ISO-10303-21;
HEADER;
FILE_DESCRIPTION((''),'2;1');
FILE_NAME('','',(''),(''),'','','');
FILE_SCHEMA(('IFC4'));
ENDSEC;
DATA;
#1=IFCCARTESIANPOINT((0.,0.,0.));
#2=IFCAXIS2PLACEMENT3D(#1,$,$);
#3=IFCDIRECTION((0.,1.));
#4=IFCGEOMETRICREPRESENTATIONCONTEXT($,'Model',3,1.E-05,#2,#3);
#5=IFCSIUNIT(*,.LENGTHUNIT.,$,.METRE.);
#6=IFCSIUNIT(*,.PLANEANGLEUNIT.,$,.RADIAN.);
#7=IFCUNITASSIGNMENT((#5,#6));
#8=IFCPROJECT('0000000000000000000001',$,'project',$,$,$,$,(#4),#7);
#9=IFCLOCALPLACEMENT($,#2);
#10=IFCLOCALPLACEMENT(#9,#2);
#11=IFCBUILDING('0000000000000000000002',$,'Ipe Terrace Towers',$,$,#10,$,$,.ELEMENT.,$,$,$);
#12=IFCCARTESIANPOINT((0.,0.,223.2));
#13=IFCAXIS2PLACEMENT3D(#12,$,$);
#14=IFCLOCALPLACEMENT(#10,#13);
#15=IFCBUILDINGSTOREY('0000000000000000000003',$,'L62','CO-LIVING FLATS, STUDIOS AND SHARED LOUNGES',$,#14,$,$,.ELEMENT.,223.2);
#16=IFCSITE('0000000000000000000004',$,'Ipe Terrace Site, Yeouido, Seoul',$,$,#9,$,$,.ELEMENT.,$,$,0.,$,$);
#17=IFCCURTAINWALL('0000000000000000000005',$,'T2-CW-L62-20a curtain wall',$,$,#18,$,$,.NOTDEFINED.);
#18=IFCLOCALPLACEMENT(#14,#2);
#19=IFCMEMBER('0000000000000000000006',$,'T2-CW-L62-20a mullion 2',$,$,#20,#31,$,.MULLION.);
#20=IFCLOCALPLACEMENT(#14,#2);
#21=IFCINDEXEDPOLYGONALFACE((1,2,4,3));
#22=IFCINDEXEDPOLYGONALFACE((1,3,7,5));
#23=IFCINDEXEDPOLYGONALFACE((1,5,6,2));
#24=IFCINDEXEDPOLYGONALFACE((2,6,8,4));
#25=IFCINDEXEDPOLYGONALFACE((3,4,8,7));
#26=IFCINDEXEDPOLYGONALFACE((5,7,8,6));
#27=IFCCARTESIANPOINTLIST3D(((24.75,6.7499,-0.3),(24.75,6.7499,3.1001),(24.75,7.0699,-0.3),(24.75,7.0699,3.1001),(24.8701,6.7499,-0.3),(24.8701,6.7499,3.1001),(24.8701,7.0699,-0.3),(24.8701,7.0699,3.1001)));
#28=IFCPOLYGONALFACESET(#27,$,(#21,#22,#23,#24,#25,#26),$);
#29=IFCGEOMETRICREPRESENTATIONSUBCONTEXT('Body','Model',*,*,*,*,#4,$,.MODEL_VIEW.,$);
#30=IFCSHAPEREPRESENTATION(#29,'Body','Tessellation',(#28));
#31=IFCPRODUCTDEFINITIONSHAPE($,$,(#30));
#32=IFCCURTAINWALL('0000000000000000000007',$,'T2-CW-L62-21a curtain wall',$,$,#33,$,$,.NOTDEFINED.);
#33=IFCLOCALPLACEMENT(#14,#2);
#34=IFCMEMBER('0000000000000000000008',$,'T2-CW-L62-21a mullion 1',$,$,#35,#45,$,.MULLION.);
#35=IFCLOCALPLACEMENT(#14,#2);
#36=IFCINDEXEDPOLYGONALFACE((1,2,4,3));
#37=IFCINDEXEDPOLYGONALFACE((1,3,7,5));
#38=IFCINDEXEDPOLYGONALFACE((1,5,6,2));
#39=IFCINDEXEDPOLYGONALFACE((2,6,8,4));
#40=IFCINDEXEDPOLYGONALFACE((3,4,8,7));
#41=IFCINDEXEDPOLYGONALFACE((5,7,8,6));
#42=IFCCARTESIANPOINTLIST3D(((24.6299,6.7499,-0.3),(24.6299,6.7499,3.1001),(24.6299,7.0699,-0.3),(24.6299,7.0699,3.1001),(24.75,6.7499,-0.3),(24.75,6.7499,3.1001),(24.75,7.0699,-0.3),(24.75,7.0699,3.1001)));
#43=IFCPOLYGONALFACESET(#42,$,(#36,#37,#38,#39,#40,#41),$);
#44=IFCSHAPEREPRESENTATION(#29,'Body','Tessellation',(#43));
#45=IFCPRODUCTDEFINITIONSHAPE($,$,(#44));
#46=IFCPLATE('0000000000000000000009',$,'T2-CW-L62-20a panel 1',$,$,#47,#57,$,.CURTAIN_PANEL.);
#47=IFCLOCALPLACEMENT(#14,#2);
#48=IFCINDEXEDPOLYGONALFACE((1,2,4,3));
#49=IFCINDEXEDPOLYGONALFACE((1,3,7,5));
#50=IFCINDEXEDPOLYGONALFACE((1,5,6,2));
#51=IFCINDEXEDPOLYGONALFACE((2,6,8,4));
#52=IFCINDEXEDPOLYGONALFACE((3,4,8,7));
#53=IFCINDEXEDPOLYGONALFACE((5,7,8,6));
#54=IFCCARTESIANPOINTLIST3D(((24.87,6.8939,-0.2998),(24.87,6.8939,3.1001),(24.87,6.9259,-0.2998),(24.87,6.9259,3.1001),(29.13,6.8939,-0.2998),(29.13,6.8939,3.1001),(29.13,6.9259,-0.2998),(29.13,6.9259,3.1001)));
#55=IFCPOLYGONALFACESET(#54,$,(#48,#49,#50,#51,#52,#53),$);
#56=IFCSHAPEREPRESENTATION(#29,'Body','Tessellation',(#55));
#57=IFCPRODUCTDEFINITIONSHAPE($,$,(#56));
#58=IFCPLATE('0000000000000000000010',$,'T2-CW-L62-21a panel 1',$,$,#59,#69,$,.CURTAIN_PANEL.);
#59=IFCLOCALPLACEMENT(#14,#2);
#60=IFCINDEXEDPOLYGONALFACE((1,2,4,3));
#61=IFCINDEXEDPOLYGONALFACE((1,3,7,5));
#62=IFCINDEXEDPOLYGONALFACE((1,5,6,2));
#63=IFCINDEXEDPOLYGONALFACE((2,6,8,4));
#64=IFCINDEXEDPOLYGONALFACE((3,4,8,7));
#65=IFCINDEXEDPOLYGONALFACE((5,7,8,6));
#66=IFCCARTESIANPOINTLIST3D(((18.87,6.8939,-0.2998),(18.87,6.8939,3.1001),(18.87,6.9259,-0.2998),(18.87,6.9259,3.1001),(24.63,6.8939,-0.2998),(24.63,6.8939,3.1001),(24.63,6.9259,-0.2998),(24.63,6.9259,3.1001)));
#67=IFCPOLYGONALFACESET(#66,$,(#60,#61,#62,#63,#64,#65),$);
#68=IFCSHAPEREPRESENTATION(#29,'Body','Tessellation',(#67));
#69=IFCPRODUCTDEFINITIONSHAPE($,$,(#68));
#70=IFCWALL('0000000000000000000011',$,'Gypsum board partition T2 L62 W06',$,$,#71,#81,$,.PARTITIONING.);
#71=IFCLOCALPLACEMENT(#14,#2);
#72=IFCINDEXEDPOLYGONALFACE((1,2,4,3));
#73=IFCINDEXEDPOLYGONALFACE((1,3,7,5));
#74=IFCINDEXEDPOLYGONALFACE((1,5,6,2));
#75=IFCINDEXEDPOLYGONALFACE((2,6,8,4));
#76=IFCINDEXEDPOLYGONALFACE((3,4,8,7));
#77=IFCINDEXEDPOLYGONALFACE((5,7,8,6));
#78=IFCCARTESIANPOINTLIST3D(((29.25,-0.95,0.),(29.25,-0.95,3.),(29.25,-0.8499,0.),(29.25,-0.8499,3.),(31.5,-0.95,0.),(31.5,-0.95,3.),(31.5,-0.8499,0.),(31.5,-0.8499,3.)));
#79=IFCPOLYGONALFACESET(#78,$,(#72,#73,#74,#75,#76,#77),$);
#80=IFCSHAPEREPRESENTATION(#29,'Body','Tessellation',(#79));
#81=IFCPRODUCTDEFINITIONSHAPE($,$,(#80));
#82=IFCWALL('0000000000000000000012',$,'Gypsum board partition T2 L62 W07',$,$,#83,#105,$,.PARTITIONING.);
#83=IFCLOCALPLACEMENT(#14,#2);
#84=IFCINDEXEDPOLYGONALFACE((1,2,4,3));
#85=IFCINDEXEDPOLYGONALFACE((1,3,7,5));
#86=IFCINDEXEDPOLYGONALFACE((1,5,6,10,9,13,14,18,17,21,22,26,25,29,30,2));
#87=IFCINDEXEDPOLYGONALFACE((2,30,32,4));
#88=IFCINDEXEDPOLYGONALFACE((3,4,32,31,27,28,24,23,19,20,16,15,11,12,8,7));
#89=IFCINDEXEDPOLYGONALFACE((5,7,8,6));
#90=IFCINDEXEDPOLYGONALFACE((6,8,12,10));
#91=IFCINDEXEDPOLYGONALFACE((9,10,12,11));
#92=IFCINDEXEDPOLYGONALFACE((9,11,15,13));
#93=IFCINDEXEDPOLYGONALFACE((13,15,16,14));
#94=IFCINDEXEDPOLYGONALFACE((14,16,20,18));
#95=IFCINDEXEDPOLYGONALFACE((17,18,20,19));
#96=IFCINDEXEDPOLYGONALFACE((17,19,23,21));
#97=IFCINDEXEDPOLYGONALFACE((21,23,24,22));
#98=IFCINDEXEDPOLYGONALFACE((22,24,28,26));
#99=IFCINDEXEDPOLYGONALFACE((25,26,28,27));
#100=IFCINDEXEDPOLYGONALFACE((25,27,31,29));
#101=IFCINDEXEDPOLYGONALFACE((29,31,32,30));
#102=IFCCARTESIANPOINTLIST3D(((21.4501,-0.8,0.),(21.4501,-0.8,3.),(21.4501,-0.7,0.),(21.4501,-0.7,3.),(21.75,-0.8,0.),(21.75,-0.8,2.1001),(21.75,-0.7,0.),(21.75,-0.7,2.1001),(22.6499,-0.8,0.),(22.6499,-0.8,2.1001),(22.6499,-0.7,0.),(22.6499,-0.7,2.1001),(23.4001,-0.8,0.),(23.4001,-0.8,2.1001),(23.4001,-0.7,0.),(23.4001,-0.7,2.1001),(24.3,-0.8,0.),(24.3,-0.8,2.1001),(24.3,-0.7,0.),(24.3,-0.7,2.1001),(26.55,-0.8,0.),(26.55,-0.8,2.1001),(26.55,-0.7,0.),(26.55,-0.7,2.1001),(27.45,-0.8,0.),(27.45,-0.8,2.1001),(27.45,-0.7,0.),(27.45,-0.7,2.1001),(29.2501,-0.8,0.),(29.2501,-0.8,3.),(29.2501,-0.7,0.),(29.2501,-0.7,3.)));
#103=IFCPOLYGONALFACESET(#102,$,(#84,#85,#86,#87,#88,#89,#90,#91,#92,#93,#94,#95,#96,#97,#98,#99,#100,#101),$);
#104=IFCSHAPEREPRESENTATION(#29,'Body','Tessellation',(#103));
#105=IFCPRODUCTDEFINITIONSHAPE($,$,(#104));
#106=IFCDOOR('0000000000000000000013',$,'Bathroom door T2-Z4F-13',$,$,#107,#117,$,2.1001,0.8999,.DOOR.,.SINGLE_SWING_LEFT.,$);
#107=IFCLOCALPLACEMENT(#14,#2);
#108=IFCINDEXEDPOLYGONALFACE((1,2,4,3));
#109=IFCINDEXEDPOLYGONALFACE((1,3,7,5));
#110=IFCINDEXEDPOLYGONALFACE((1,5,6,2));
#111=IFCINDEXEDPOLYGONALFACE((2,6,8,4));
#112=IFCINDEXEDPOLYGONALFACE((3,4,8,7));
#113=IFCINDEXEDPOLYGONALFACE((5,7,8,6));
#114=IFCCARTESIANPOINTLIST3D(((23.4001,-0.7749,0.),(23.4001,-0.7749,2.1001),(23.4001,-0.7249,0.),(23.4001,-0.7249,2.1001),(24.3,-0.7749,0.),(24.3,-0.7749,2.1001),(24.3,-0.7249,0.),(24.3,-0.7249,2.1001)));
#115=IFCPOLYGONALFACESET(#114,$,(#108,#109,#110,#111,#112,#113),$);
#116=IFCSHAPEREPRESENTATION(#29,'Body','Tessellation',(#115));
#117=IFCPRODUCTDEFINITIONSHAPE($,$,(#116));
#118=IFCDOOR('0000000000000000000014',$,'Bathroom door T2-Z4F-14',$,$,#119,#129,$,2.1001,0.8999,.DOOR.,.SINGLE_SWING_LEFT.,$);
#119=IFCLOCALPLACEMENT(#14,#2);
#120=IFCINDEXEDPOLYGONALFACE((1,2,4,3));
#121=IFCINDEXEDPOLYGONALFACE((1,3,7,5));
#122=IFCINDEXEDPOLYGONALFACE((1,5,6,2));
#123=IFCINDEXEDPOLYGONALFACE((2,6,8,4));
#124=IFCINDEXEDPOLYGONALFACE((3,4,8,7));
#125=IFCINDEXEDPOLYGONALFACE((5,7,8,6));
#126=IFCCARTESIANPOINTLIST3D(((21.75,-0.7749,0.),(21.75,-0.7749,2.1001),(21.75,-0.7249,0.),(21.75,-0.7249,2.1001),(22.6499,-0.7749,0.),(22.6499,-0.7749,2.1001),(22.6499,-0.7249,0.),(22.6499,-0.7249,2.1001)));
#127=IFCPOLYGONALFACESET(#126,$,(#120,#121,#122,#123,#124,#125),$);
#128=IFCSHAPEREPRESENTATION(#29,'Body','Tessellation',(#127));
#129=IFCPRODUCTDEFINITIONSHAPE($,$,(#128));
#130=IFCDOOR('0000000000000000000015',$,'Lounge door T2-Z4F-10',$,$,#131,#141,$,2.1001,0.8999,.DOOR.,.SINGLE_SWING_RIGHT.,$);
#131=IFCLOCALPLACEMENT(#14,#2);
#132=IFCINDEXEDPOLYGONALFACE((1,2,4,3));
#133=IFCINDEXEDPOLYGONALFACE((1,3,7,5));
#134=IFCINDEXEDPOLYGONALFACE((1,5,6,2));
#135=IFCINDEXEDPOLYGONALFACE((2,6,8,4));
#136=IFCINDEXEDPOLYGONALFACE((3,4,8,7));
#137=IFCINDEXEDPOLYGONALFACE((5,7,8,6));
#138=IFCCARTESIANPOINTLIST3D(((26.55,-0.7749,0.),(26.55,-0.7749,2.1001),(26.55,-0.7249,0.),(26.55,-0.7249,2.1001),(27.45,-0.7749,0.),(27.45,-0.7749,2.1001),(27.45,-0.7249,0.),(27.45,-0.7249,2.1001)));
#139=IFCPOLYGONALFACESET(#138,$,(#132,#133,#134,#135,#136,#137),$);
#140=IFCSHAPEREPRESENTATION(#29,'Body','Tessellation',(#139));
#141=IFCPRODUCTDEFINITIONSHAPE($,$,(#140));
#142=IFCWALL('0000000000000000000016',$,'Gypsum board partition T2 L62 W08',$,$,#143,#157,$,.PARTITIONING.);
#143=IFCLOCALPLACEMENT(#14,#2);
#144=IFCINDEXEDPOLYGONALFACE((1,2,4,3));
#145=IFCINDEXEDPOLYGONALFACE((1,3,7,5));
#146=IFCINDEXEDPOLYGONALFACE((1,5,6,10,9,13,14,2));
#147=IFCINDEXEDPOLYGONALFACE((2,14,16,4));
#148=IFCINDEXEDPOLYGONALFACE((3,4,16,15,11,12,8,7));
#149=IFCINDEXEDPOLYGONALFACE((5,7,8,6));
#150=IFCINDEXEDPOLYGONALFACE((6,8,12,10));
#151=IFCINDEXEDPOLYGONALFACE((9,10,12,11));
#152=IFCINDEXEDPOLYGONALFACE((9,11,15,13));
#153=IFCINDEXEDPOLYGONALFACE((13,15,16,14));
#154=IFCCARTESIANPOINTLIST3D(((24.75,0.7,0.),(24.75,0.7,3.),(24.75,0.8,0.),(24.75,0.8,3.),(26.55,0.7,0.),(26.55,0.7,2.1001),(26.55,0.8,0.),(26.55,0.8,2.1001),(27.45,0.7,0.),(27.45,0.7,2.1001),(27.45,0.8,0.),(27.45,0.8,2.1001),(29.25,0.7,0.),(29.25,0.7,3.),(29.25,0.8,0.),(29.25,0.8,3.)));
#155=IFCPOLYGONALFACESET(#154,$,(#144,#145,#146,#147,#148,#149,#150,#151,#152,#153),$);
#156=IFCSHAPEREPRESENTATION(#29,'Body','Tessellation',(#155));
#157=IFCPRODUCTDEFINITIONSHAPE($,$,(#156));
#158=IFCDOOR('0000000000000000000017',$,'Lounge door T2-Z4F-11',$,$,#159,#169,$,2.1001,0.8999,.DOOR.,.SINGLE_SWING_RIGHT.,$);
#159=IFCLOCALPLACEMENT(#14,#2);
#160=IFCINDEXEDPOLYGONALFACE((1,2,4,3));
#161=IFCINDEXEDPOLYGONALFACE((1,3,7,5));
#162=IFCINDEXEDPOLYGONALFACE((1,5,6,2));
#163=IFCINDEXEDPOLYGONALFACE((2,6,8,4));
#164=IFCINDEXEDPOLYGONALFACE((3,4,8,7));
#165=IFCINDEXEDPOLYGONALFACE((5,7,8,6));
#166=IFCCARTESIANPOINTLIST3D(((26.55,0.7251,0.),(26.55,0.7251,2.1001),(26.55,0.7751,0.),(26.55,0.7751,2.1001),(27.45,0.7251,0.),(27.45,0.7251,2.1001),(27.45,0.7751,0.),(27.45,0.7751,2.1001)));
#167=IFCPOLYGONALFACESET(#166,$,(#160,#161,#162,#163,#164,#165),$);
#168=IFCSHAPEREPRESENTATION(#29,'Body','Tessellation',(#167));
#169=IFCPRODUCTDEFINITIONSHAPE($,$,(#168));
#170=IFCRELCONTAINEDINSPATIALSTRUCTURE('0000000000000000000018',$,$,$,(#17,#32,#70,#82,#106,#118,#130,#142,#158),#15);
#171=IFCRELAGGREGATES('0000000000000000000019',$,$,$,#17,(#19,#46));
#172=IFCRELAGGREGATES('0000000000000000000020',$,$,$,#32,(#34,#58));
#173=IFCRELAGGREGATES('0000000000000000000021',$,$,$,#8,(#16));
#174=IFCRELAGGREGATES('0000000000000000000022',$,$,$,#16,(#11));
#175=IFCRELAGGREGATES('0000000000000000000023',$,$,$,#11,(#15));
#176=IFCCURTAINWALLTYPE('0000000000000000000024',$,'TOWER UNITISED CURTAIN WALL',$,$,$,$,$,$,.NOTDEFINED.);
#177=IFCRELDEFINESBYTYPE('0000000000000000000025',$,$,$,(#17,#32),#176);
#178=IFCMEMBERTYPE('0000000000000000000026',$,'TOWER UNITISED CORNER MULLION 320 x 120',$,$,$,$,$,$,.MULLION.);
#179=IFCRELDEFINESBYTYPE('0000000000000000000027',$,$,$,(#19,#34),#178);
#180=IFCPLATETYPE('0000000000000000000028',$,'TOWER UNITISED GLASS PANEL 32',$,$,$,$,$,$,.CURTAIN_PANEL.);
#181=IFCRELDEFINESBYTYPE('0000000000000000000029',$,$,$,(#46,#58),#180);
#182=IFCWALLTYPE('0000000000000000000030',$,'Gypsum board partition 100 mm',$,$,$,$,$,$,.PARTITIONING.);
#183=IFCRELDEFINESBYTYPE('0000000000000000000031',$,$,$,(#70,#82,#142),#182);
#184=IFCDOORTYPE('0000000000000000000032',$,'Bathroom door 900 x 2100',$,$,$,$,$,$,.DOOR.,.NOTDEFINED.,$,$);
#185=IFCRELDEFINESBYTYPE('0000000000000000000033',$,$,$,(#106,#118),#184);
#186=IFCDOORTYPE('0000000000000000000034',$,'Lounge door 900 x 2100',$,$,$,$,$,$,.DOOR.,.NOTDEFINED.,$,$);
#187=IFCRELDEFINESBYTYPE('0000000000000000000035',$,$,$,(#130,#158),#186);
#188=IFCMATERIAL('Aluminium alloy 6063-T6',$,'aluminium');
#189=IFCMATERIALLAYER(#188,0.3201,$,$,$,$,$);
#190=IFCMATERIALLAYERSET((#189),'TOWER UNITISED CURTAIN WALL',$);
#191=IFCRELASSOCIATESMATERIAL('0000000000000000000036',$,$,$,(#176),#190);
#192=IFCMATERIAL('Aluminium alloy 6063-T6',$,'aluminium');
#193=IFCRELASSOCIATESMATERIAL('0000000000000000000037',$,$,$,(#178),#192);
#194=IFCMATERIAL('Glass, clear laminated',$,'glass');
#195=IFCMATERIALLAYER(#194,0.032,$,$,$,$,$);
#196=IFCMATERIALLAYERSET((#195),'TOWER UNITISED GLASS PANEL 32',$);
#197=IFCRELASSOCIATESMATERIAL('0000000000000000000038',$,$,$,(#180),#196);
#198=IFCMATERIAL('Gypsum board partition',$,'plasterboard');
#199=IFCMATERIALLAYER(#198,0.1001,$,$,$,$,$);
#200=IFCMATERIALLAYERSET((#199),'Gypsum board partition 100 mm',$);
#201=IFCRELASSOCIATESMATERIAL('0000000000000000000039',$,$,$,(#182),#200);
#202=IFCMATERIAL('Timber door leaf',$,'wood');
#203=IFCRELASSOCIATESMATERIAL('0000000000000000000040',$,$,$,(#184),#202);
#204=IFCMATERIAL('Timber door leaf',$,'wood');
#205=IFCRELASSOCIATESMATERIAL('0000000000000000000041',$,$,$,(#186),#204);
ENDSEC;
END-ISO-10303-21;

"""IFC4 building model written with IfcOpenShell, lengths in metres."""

from ifc_helpers import new_model, si_unit, direction, frame, frame_2d, origin, origin_2d, place, context, subcontext, project, spatial, rectangle, extrude, material, layer, layer_set, material_profile, profile_set, type_object, element, fill, aggregate, save


model = new_model("IFC4")

# Units and contexts
model_context = context("Model", 3, precision=1e-05, world=origin(), true_north=direction((0.0, 1.0)))
body_context = subcontext(model_context, "Body", "Model", "MODEL_VIEW")
ifc_project = project(units=[si_unit("LENGTHUNIT", "METRE"), si_unit("PLANEANGLEUNIT", "RADIAN")], contexts=[model_context])

# Site, building, storey
site_placement = place(None, origin())
site = spatial("IfcSite", under=ifc_project, at=site_placement, Name="Ipe Terrace Site, Yeouido, Seoul", CompositionType="ELEMENT", RefElevation=0.0)
building_placement = place(site_placement, origin())
building = spatial("IfcBuilding", under=site, at=building_placement, Name="Ipe Terrace Towers", CompositionType="ELEMENT")
storey_placement = place(building_placement, frame((0.0, 0.0, 223.2)))
storey = spatial("IfcBuildingStorey", under=building, at=storey_placement, Name="L62", Description="CO-LIVING FLATS, STUDIOS AND SHARED LOUNGES", CompositionType="ELEMENT", Elevation=223.2)

# Curtain wall, member
ifc_material_1 = material(Name="Aluminium alloy 6063-T6", Category="aluminium")
ifc_layer_1 = layer(ifc_material_1, 0.3201)
ifc_layer_set_1 = layer_set([ifc_layer_1], Name="TOWER UNITISED CURTAIN WALL")
curtain_wall_type = type_object("IfcCurtainWallType", Name="TOWER UNITISED CURTAIN WALL", PredefinedType="NOTDEFINED", material=ifc_layer_set_1)
curtain_wall_1_placement = place(storey_placement, origin())
curtain_wall_1 = element("IfcCurtainWall", 1, at=curtain_wall_1_placement, inside=storey, type_object=curtain_wall_type, Name="T2-CW-L62-20a curtain wall", PredefinedType="NOTDEFINED")
ifc_material_2 = material(Name="Aluminium alloy 6063-T6", Category="aluminium")
ifc_material_profile_1 = material_profile(ifc_material_2, rectangle(XDim=0.3201, YDim=0.1201, at=origin_2d()), Name="TOWER UNITISED CORNER MULLION 320 x 120")
ifc_profile_set_1 = profile_set([ifc_material_profile_1], Name="Aluminium alloy 6063-T6")
member_type = type_object("IfcMemberType", Name="TOWER UNITISED CORNER MULLION 320 x 120", PredefinedType="MULLION", material=ifc_profile_set_1)
member_1_placement = place(storey_placement, frame((24.8101, 6.9099, -0.3), z_axis=(0.0, 0.0, 1.0), x_axis=(0.0, 1.0, 0.0)))
member_1 = element("IfcMember", 2, at=member_1_placement, type_object=member_type, Name="T2-CW-L62-20a mullion 2", PredefinedType="MULLION", context=body_context, shape_type="SweptSolid", body=[
    extrude(rectangle(XDim=0.3201, YDim=0.1201, at=origin_2d()), origin(), (0.0, 0.0, 1.0), 3.4001),
])

# Curtain wall, member
curtain_wall_2_placement = place(storey_placement, origin())
curtain_wall_2 = element("IfcCurtainWall", 3, at=curtain_wall_2_placement, inside=storey, type_object=curtain_wall_type, Name="T2-CW-L62-21a curtain wall", PredefinedType="NOTDEFINED")
member_2_placement = place(storey_placement, frame((24.6899, 6.9099, -0.3), z_axis=(0.0, 0.0, 1.0), x_axis=(0.0, 1.0, 0.0)))
member_2 = element("IfcMember", 4, at=member_2_placement, type_object=member_type, Name="T2-CW-L62-21a mullion 1", PredefinedType="MULLION", context=body_context, shape_type="SweptSolid", body=[
    extrude(rectangle(XDim=0.3201, YDim=0.1201, at=origin_2d()), origin(), (0.0, 0.0, 1.0), 3.4001),
])

# Plates
ifc_material_3 = material(Name="Glass, clear laminated", Category="glass")
ifc_layer_2 = layer(ifc_material_3, 0.032)
ifc_layer_set_2 = layer_set([ifc_layer_2], Name="TOWER UNITISED GLASS PANEL 32")
plate_type = type_object("IfcPlateType", Name="TOWER UNITISED GLASS PANEL 32", PredefinedType="CURTAIN_PANEL", material=ifc_layer_set_2)
plate_1_placement = place(storey_placement, frame((27.0, 6.9099, -0.2998), z_axis=(0.0, 0.0, 1.0), x_axis=(-1.0, 0.0, 0.0)))
plate_1 = element("IfcPlate", 5, at=plate_1_placement, type_object=plate_type, Name="T2-CW-L62-20a panel 1", PredefinedType="CURTAIN_PANEL", context=body_context, shape_type="SweptSolid", body=[
    extrude(rectangle(XDim=4.26, YDim=0.032, at=origin_2d()), origin(), (0.0, 0.0, 1.0), 3.3999),
])
aggregate(curtain_wall_1, [member_1, plate_1])
plate_2_placement = place(storey_placement, frame((21.75, 6.9099, -0.2998), z_axis=(0.0, 0.0, 1.0), x_axis=(-1.0, 0.0, 0.0)))
plate_2 = element("IfcPlate", 6, at=plate_2_placement, type_object=plate_type, Name="T2-CW-L62-21a panel 1", PredefinedType="CURTAIN_PANEL", context=body_context, shape_type="SweptSolid", body=[
    extrude(rectangle(XDim=5.76, YDim=0.032, at=origin_2d()), origin(), (0.0, 0.0, 1.0), 3.3999),
])
aggregate(curtain_wall_2, [member_2, plate_2])

# Wall
ifc_material_4 = material(Name="Gypsum board partition", Category="plasterboard")
ifc_layer_3 = layer(ifc_material_4, 0.1001)
ifc_layer_set_3 = layer_set([ifc_layer_3], Name="Gypsum board partition 100 mm")
wall_type_1 = type_object("IfcWallType", Name="Gypsum board partition 100 mm", PredefinedType="PARTITIONING", material=ifc_layer_set_3)
wall_1_placement = place(storey_placement, frame((31.5, -0.8999, 0.0), z_axis=(0.0, 0.0, 1.0), x_axis=(-1.0, 0.0, 0.0)))
element("IfcWall", 7, at=wall_1_placement, inside=storey, type_object=wall_type_1, Name="Gypsum board partition T2 L62 W06", PredefinedType="PARTITIONING", context=body_context, shape_type="SweptSolid", body=[
    extrude(rectangle(XDim=2.25, YDim=0.1001, at=frame_2d((1.125, 0.0))), origin(), (0.0, 0.0, 1.0), 3.0),
])

# Wall, openings, doors
wall_2_placement = place(storey_placement, frame((29.25, -0.75, 0.0), z_axis=(0.0, 0.0, 1.0), x_axis=(-1.0, 0.0, 0.0)))
wall_2 = element("IfcWall", 8, at=wall_2_placement, inside=storey, type_object=wall_type_1, Name="Gypsum board partition T2 L62 W07", PredefinedType="PARTITIONING", context=body_context, shape_type="SweptSolid", body=[
    extrude(rectangle(XDim=7.8, YDim=0.1001, at=frame_2d((3.8999, 0.0))), origin(), (0.0, 0.0, 1.0), 3.0),
])
opening_1_placement = place(wall_2_placement, frame((1.8, 0.0, 0.0)))
opening_1 = element("IfcOpeningElement", 9, at=opening_1_placement, cuts=wall_2, PredefinedType="OPENING", context=body_context, shape_type="SweptSolid", body=[
    extrude(rectangle(XDim=0.8999, YDim=2.1001, at=frame_2d((0.45, 1.05))), frame((0.0, 0.0601, 0.0), z_axis=(0.0, -1.0, 0.0), x_axis=(1.0, 0.0, 0.0)), (0.0, 0.0, 1.0), 0.1201),
])
opening_2_placement = place(wall_2_placement, frame((4.95, 0.0, 0.0)))
opening_2 = element("IfcOpeningElement", 10, at=opening_2_placement, cuts=wall_2, PredefinedType="OPENING", context=body_context, shape_type="SweptSolid", body=[
    extrude(rectangle(XDim=0.8999, YDim=2.1001, at=frame_2d((0.45, 1.05))), frame((0.0, 0.0601, 0.0), z_axis=(0.0, -1.0, 0.0), x_axis=(1.0, 0.0, 0.0)), (0.0, 0.0, 1.0), 0.1201),
])
opening_3_placement = place(wall_2_placement, frame((6.6001, 0.0, 0.0)))
opening_3 = element("IfcOpeningElement", 11, at=opening_3_placement, cuts=wall_2, PredefinedType="OPENING", context=body_context, shape_type="SweptSolid", body=[
    extrude(rectangle(XDim=0.8999, YDim=2.1001, at=frame_2d((0.45, 1.05))), frame((0.0, 0.0601, 0.0), z_axis=(0.0, -1.0, 0.0), x_axis=(1.0, 0.0, 0.0)), (0.0, 0.0, 1.0), 0.1201),
])
ifc_material_5 = material(Name="Timber door leaf", Category="wood")
door_type_1 = type_object("IfcDoorType", Name="Bathroom door 900 x 2100", OperationType="NOTDEFINED", PredefinedType="DOOR", material=ifc_material_5)
door_1_placement = place(opening_2_placement, origin())
door_1 = element("IfcDoor", 12, at=door_1_placement, inside=storey, type_object=door_type_1, Name="Bathroom door T2-Z4F-13", OperationType="SINGLE_SWING_LEFT", OverallHeight=2.1001, OverallWidth=0.8999, PredefinedType="DOOR", context=body_context, shape_type="SweptSolid", body=[
    extrude(rectangle(XDim=0.8999, YDim=2.1001, at=frame_2d((0.45, 1.05))), frame((0.0, 0.0249, 0.0), z_axis=(0.0, -1.0, 0.0), x_axis=(1.0, 0.0, 0.0)), (0.0, 0.0, 1.0), 0.05),
])
fill(opening_2, door_1)
door_2_placement = place(opening_3_placement, origin())
door_2 = element("IfcDoor", 13, at=door_2_placement, inside=storey, type_object=door_type_1, Name="Bathroom door T2-Z4F-14", OperationType="SINGLE_SWING_LEFT", OverallHeight=2.1001, OverallWidth=0.8999, PredefinedType="DOOR", context=body_context, shape_type="SweptSolid", body=[
    extrude(rectangle(XDim=0.8999, YDim=2.1001, at=frame_2d((0.45, 1.05))), frame((0.0, 0.0249, 0.0), z_axis=(0.0, -1.0, 0.0), x_axis=(1.0, 0.0, 0.0)), (0.0, 0.0, 1.0), 0.05),
])
fill(opening_3, door_2)
ifc_material_6 = material(Name="Timber door leaf", Category="wood")
door_type_2 = type_object("IfcDoorType", Name="Lounge door 900 x 2100", OperationType="NOTDEFINED", PredefinedType="DOOR", material=ifc_material_6)
door_3_placement = place(opening_1_placement, origin())
door_3 = element("IfcDoor", 14, at=door_3_placement, inside=storey, type_object=door_type_2, Name="Lounge door T2-Z4F-10", OperationType="SINGLE_SWING_RIGHT", OverallHeight=2.1001, OverallWidth=0.8999, PredefinedType="DOOR", context=body_context, shape_type="SweptSolid", body=[
    extrude(rectangle(XDim=0.8999, YDim=2.1001, at=frame_2d((0.45, 1.05))), frame((0.0, 0.0249, 0.0), z_axis=(0.0, -1.0, 0.0), x_axis=(1.0, 0.0, 0.0)), (0.0, 0.0, 1.0), 0.05),
])
fill(opening_1, door_3)

# Wall, opening, door
wall_3_placement = place(storey_placement, frame((29.25, 0.75, 0.0), z_axis=(0.0, 0.0, 1.0), x_axis=(-1.0, 0.0, 0.0)))
wall_3 = element("IfcWall", 15, at=wall_3_placement, inside=storey, type_object=wall_type_1, Name="Gypsum board partition T2 L62 W08", PredefinedType="PARTITIONING", context=body_context, shape_type="SweptSolid", body=[
    extrude(rectangle(XDim=4.5, YDim=0.1001, at=frame_2d((2.25, 0.0))), origin(), (0.0, 0.0, 1.0), 3.0),
])
opening_4_placement = place(wall_3_placement, frame((1.8, 0.0, 0.0)))
opening_4 = element("IfcOpeningElement", 16, at=opening_4_placement, cuts=wall_3, PredefinedType="OPENING", context=body_context, shape_type="SweptSolid", body=[
    extrude(rectangle(XDim=0.8999, YDim=2.1001, at=frame_2d((0.45, 1.05))), frame((0.0, 0.0601, 0.0), z_axis=(0.0, -1.0, 0.0), x_axis=(1.0, 0.0, 0.0)), (0.0, 0.0, 1.0), 0.1201),
])
door_4_placement = place(opening_4_placement, origin())
door_4 = element("IfcDoor", 17, at=door_4_placement, inside=storey, type_object=door_type_2, Name="Lounge door T2-Z4F-11", OperationType="SINGLE_SWING_RIGHT", OverallHeight=2.1001, OverallWidth=0.8999, PredefinedType="DOOR", context=body_context, shape_type="SweptSolid", body=[
    extrude(rectangle(XDim=0.8999, YDim=2.1001, at=frame_2d((0.45, 1.05))), frame((0.0, 0.0249, 0.0), z_axis=(0.0, -1.0, 0.0), x_axis=(1.0, 0.0, 0.0)), (0.0, 0.0, 1.0), 0.05),
])
fill(opening_4, door_4)

save(model, "model.ifc")
